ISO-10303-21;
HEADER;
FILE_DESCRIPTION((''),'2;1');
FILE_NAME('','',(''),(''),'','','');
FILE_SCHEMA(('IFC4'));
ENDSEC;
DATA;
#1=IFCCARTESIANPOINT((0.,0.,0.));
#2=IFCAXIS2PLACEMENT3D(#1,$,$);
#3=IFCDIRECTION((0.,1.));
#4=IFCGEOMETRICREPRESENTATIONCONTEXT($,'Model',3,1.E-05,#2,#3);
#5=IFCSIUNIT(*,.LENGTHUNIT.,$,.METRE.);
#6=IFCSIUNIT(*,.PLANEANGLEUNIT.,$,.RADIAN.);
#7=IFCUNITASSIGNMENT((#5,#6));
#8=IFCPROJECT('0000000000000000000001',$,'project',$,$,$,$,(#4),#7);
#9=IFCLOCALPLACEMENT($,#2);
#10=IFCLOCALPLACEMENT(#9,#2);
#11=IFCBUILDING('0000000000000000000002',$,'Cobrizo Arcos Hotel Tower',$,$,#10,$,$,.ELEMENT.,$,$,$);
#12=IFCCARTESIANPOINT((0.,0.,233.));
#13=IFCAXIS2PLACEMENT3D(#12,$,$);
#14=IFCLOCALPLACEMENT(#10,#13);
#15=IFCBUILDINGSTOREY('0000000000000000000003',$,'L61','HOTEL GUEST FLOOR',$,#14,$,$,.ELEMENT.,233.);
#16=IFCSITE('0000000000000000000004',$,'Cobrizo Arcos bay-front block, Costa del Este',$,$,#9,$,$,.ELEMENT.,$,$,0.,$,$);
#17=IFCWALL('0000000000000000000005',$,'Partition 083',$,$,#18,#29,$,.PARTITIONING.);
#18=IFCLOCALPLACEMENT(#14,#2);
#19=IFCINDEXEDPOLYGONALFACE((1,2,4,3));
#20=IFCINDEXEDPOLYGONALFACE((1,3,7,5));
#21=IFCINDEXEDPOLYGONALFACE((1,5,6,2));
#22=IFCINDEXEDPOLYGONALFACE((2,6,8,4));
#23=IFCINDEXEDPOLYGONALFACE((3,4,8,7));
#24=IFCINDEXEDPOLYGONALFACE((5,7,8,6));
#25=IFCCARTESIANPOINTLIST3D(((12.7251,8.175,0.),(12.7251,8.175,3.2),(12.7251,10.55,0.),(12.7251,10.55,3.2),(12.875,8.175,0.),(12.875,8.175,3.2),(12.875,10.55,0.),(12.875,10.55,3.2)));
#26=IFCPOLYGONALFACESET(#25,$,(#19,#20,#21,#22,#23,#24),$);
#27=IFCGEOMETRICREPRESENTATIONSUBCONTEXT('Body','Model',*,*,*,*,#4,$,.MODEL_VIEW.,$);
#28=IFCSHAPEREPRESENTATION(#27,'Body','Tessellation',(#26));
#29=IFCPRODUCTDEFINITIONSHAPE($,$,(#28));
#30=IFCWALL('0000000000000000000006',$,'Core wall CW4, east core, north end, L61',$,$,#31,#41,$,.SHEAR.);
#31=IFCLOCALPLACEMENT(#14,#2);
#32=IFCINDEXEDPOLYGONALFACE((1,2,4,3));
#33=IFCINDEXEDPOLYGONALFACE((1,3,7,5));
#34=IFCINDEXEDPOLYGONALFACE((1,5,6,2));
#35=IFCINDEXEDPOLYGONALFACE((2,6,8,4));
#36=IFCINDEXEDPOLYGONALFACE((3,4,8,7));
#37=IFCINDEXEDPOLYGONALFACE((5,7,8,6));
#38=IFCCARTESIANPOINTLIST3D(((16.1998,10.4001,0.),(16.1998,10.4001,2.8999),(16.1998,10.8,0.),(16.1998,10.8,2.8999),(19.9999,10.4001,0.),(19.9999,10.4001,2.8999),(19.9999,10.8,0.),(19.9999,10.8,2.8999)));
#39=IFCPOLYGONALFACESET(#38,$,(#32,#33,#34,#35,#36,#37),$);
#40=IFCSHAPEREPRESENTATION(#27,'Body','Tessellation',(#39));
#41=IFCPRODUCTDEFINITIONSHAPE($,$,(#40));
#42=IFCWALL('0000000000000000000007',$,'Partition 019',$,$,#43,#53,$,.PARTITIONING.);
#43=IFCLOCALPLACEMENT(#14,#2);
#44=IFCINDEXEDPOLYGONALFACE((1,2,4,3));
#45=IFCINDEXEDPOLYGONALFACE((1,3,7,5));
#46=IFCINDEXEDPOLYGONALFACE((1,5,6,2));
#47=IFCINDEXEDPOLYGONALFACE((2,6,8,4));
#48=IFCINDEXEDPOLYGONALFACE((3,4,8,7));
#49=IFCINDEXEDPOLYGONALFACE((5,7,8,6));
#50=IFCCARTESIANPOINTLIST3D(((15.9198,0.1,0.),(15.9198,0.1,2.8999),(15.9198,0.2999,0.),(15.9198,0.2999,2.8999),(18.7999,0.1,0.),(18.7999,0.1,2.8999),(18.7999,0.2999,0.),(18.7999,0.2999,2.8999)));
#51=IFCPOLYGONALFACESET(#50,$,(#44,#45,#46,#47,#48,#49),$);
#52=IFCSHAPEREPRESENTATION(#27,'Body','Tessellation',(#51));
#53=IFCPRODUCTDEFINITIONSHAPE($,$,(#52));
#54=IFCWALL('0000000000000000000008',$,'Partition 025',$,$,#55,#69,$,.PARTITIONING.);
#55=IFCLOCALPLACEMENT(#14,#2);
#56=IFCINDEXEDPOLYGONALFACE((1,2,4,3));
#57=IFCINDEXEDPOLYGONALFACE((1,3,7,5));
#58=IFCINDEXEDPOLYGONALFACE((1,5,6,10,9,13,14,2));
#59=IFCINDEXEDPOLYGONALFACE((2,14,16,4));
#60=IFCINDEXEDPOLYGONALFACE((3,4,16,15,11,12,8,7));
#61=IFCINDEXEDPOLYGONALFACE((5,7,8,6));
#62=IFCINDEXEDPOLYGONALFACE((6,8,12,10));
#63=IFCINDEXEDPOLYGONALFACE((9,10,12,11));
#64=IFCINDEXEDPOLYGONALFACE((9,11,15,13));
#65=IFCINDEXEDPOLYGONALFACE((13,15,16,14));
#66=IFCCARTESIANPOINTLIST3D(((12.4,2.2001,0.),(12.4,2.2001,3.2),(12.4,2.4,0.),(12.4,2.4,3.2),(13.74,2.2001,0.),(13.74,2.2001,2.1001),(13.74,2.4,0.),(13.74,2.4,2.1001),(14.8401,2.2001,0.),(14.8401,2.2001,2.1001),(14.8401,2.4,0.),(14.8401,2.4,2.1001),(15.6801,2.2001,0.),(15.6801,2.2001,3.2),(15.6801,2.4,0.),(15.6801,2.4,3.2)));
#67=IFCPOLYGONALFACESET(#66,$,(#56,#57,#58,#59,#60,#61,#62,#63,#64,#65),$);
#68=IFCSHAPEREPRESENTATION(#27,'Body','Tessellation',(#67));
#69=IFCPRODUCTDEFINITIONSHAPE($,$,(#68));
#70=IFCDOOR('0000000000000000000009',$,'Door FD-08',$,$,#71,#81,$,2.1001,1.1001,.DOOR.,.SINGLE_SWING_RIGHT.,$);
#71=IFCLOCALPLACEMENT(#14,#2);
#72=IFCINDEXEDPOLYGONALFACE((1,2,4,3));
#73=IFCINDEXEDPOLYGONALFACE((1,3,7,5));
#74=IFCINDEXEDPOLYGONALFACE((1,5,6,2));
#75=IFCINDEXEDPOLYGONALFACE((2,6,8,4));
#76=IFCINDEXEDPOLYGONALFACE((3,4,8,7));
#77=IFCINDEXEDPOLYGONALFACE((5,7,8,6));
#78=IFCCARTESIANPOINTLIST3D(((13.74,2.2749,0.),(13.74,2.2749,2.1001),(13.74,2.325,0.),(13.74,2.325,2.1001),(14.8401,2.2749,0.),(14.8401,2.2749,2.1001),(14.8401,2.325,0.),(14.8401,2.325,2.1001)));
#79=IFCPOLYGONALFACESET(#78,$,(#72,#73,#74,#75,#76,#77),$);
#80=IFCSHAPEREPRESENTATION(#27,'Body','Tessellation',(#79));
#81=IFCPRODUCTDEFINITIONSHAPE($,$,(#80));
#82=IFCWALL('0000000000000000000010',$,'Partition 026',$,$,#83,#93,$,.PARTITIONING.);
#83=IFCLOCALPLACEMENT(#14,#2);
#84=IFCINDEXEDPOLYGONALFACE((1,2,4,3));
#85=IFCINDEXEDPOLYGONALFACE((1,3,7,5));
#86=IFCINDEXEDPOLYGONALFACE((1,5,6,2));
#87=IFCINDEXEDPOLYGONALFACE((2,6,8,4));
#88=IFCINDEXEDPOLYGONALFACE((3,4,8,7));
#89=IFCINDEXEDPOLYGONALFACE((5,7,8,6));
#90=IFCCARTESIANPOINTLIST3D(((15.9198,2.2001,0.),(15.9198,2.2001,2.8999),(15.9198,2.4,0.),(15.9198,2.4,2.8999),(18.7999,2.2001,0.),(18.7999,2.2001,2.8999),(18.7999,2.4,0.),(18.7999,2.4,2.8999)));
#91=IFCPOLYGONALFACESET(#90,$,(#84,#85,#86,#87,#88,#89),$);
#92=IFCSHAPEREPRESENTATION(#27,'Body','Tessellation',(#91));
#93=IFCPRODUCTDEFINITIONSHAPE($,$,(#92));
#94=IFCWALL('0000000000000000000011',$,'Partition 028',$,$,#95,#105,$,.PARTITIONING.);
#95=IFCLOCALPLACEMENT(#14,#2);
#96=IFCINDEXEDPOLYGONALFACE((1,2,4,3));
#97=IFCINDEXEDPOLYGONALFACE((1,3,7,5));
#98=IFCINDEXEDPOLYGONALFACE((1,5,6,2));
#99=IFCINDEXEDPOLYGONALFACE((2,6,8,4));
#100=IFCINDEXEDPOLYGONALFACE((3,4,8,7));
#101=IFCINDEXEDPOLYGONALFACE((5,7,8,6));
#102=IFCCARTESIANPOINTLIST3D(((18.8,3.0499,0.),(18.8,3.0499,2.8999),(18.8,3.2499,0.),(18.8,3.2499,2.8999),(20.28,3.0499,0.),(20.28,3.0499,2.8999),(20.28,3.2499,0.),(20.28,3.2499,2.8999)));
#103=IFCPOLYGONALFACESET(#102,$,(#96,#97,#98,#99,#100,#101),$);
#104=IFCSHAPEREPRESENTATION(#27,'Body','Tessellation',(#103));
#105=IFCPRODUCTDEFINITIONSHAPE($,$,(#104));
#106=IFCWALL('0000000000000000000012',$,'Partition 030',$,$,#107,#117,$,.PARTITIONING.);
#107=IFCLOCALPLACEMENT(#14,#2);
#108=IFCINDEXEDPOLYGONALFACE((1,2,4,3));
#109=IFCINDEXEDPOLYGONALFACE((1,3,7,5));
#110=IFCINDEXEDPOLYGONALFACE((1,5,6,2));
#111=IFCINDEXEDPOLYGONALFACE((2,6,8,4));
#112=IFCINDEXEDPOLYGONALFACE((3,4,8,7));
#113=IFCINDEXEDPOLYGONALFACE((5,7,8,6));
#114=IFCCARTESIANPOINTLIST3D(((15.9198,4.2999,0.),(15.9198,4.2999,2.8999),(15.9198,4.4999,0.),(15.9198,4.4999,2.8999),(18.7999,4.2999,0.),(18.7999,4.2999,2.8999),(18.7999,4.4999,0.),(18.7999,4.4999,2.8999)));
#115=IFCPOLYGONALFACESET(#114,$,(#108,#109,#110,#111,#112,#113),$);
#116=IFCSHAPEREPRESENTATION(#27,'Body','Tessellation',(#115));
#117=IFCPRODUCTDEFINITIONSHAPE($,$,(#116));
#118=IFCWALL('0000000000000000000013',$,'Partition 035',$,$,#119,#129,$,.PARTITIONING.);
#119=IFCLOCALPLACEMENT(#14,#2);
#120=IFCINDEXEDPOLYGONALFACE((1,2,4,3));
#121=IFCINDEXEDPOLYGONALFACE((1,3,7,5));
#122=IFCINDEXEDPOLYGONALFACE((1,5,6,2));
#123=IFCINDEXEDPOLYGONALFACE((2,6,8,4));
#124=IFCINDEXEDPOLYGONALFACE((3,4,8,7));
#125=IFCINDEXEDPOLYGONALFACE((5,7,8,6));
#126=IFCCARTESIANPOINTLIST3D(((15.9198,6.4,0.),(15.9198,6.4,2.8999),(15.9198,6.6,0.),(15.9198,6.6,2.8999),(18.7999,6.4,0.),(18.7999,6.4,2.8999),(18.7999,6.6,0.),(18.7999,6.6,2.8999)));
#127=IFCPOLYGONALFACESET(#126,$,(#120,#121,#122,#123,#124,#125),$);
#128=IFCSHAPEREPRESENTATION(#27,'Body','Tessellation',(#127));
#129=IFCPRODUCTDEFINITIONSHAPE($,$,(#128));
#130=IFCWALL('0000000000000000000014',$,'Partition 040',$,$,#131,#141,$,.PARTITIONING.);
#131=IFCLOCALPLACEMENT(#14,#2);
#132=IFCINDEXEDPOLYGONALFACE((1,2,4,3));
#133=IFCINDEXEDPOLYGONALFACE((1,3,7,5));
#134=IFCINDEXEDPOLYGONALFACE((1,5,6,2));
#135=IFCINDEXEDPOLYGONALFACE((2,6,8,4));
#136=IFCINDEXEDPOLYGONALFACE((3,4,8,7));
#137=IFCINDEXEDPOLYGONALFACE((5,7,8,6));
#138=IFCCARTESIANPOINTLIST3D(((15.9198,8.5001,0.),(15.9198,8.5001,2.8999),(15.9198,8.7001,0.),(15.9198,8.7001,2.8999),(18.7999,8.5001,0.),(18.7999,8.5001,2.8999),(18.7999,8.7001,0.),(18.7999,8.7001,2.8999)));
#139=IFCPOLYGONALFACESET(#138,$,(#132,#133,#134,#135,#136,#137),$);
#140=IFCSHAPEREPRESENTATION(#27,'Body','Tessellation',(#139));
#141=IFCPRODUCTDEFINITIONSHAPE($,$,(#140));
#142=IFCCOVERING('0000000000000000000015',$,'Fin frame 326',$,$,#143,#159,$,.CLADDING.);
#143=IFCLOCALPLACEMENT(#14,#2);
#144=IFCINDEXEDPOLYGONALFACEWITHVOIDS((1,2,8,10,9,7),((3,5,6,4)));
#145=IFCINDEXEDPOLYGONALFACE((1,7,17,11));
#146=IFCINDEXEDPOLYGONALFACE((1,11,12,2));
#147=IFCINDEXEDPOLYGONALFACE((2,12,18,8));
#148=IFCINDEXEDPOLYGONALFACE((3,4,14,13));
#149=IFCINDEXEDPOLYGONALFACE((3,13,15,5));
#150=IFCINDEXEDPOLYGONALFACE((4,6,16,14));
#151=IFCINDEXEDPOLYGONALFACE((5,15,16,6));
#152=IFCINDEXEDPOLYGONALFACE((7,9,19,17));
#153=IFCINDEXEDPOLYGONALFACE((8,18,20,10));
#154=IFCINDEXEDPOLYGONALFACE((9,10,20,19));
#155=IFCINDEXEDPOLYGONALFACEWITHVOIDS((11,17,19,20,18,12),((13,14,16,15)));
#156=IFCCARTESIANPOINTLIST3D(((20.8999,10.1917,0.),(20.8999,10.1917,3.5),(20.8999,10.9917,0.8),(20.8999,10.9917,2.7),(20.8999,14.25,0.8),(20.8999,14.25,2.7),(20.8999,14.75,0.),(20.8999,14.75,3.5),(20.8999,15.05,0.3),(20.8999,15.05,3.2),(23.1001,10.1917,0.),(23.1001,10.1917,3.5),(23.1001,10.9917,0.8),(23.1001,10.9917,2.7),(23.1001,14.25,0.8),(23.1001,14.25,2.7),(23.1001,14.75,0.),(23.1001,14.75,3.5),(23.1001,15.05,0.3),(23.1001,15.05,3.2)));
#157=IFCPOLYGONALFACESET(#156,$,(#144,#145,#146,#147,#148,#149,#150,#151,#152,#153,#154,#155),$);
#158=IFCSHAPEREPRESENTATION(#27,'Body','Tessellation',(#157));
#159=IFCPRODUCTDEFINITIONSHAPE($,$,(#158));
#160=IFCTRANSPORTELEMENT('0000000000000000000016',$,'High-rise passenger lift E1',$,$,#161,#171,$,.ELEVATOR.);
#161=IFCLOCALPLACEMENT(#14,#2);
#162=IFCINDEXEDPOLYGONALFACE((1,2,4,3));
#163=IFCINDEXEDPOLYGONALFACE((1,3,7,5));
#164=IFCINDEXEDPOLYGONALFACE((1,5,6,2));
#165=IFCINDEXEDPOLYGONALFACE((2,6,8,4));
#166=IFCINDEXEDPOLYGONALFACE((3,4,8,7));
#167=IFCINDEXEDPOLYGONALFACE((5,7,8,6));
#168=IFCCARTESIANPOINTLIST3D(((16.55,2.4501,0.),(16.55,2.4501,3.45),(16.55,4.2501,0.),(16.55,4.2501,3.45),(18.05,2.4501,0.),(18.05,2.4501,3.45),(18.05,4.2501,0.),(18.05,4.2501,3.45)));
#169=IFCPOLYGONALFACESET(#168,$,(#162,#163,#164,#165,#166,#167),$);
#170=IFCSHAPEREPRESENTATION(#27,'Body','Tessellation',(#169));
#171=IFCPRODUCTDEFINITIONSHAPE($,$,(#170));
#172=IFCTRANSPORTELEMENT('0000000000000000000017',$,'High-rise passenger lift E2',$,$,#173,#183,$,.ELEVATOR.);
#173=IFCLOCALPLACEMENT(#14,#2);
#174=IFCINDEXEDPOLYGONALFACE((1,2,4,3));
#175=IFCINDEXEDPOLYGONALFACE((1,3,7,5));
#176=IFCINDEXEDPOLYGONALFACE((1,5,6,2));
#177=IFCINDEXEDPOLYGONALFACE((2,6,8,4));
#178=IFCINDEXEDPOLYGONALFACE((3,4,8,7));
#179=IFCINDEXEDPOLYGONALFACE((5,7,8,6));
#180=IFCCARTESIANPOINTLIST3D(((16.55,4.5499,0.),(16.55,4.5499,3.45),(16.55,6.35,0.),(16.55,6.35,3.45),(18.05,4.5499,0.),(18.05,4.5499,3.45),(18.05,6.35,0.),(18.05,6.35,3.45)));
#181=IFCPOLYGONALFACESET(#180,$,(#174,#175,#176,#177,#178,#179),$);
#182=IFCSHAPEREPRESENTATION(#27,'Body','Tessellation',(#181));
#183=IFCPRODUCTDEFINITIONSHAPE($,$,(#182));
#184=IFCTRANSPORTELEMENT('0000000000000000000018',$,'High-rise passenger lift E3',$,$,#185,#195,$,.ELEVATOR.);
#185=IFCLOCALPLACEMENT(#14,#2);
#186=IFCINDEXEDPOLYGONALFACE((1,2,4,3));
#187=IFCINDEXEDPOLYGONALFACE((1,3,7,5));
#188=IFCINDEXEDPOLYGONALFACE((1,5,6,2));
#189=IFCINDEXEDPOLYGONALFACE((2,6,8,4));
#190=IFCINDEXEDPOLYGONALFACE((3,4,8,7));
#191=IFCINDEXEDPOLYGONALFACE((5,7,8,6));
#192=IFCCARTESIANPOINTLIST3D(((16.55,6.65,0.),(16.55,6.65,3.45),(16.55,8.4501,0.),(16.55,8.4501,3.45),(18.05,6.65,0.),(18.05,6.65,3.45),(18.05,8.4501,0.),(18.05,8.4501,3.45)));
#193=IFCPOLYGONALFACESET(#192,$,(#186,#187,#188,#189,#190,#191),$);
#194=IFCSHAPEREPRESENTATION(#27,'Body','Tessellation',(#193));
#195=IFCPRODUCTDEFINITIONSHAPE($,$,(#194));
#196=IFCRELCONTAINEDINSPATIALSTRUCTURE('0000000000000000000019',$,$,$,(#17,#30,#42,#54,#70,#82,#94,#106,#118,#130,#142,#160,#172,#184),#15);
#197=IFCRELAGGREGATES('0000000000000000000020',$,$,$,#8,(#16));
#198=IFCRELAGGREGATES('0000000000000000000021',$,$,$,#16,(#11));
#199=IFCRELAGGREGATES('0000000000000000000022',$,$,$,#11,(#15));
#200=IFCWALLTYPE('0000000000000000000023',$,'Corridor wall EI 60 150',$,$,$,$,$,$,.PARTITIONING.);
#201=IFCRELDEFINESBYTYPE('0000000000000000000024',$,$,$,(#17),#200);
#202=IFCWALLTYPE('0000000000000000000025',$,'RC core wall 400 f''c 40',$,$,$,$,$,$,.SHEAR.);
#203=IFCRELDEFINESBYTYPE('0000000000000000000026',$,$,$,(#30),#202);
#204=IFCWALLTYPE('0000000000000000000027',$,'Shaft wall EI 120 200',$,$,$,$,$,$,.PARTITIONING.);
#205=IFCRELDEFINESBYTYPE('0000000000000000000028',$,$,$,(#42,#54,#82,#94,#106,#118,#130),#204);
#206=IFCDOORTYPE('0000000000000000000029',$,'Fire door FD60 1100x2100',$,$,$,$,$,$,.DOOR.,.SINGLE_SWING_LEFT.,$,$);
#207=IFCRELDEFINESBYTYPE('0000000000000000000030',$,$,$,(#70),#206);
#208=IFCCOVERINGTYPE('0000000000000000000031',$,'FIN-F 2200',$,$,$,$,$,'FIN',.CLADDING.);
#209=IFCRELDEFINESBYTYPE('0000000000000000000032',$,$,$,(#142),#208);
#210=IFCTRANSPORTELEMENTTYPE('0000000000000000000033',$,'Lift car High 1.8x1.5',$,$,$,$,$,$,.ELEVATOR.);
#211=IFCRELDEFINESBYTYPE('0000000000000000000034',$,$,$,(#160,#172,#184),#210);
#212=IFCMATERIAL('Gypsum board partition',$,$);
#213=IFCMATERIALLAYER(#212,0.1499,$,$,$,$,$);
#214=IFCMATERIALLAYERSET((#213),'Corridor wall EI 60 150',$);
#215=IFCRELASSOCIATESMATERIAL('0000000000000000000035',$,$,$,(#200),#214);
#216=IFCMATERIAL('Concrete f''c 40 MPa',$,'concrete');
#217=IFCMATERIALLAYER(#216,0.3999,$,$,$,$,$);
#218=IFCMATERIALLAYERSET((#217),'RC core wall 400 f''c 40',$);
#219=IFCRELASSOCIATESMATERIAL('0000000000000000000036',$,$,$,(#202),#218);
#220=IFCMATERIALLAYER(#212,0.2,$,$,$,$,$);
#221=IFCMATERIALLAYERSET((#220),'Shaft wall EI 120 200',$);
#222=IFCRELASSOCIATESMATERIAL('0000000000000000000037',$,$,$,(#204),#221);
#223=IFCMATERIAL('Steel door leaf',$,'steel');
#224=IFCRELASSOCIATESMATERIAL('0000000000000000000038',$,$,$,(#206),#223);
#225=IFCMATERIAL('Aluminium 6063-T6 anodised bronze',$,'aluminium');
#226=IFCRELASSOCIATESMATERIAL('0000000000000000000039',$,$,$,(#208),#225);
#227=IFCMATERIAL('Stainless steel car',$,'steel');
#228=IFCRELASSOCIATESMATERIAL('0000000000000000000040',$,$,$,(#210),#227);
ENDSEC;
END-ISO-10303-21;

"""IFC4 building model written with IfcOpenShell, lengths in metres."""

from ifc_helpers import new_model, si_unit, direction, frame, frame_2d, origin, origin_2d, place, context, subcontext, project, spatial, polyline, rectangle, outline, extrude, material, layer, layer_set, type_object, element, fill, save


model = new_model("IFC4")

# Units and contexts
model_context = context("Model", 3, precision=1e-05, world=origin(), true_north=direction((0.0, 1.0)))
body_context = subcontext(model_context, "Body", "Model", "MODEL_VIEW")
ifc_project = project(units=[si_unit("LENGTHUNIT", "METRE"), si_unit("PLANEANGLEUNIT", "RADIAN")], contexts=[model_context])

# Site, building, storey
site_placement = place(None, origin())
site = spatial("IfcSite", under=ifc_project, at=site_placement, Name="Cobrizo Arcos bay-front block, Costa del Este", CompositionType="ELEMENT", RefElevation=0.0)
building_placement = place(site_placement, origin())
building = spatial("IfcBuilding", under=site, at=building_placement, Name="Cobrizo Arcos Hotel Tower", CompositionType="ELEMENT")
storey_placement = place(building_placement, frame((0.0, 0.0, 233.0)))
storey = spatial("IfcBuildingStorey", under=building, at=storey_placement, Name="L61", Description="HOTEL GUEST FLOOR", CompositionType="ELEMENT", Elevation=233.0)

# Shared definitions
ifc_material_1 = material(Name="Gypsum board partition")
ifc_layer_1 = layer(ifc_material_1, 0.1499)
ifc_layer_set_1 = layer_set([ifc_layer_1], Name="Corridor wall EI 60 150")
wall_type_1 = type_object("IfcWallType", Name="Corridor wall EI 60 150", PredefinedType="PARTITIONING", material=ifc_layer_set_1)

# Walls
wall_1_placement = place(storey_placement, frame((12.8, 8.175, 0.0), z_axis=(0.0, 0.0, 1.0), x_axis=(0.0, 1.0, 0.0)))
element("IfcWall", 1, at=wall_1_placement, inside=storey, type_object=wall_type_1, Name="Partition 083", PredefinedType="PARTITIONING", context=body_context, shape_type="SweptSolid", body=[
    extrude(rectangle(XDim=2.375, YDim=0.1499, at=frame_2d((1.1875, 0.0))), origin(), (0.0, 0.0, 1.0), 3.2),
])
ifc_material_2 = material(Name="Concrete f'c 40 MPa", Category="concrete")
ifc_layer_2 = layer(ifc_material_2, 0.3999)
ifc_layer_set_2 = layer_set([ifc_layer_2], Name="RC core wall 400 f'c 40")
wall_type_2 = type_object("IfcWallType", Name="RC core wall 400 f'c 40", PredefinedType="SHEAR", material=ifc_layer_set_2)
wall_2_placement = place(storey_placement, frame((16.2, 10.6001, 0.0), z_axis=(0.0, 0.0, 1.0), x_axis=(1.0, 0.0, 0.0)))
element("IfcWall", 2, at=wall_2_placement, inside=storey, type_object=wall_type_2, Name="Core wall CW4, east core, north end, L61", PredefinedType="SHEAR", context=body_context, shape_type="SweptSolid", body=[
    extrude(rectangle(XDim=3.8, YDim=0.3999, at=frame_2d((1.8999, 0.0))), origin(), (0.0, 0.0, 1.0), 2.8999),
])
ifc_layer_3 = layer(ifc_material_1, 0.2)
ifc_layer_set_3 = layer_set([ifc_layer_3], Name="Shaft wall EI 120 200")
wall_type_3 = type_object("IfcWallType", Name="Shaft wall EI 120 200", PredefinedType="PARTITIONING", material=ifc_layer_set_3)
wall_3_placement = place(storey_placement, frame((15.9199, 0.2, 0.0), z_axis=(0.0, 0.0, 1.0), x_axis=(1.0, 0.0, 0.0)))
element("IfcWall", 3, at=wall_3_placement, inside=storey, type_object=wall_type_3, Name="Partition 019", PredefinedType="PARTITIONING", context=body_context, shape_type="SweptSolid", body=[
    extrude(rectangle(XDim=2.8801, YDim=0.2, at=frame_2d((1.4399, 0.0))), origin(), (0.0, 0.0, 1.0), 2.8999),
])

# Wall, opening, door
wall_4_placement = place(storey_placement, frame((12.3999, 2.3, 0.0), z_axis=(0.0, 0.0, 1.0), x_axis=(1.0, 0.0, 0.0)))
wall_4 = element("IfcWall", 4, at=wall_4_placement, inside=storey, type_object=wall_type_3, Name="Partition 025", PredefinedType="PARTITIONING", context=body_context, shape_type="SweptSolid", body=[
    extrude(rectangle(XDim=3.28, YDim=0.2, at=frame_2d((1.6401, 0.0))), origin(), (0.0, 0.0, 1.0), 3.2),
])
opening_1_placement = place(wall_4_placement, frame((1.3401, 0.0, 0.0)))
opening_1 = element("IfcOpeningElement", 5, at=opening_1_placement, cuts=wall_4, PredefinedType="OPENING", context=body_context, shape_type="SweptSolid", body=[
    extrude(rectangle(XDim=1.1001, YDim=2.1001, at=frame_2d((0.55, 1.05))), frame((0.0, 0.1121, 0.0), z_axis=(0.0, -1.0, 0.0), x_axis=(1.0, 0.0, 0.0)), (0.0, 0.0, 1.0), 0.2239),
])
ifc_material_3 = material(Name="Steel door leaf", Category="steel")
door_type_1 = type_object("IfcDoorType", Name="Fire door FD60 1100x2100", OperationType="SINGLE_SWING_LEFT", PredefinedType="DOOR", material=ifc_material_3)
door_1_placement = place(opening_1_placement, origin())
door_1 = element("IfcDoor", 6, at=door_1_placement, inside=storey, type_object=door_type_1, Name="Door FD-08", OperationType="SINGLE_SWING_RIGHT", OverallHeight=2.1001, OverallWidth=1.1001, PredefinedType="DOOR", context=body_context, shape_type="SweptSolid", body=[
    extrude(rectangle(XDim=1.1001, YDim=2.1001, at=frame_2d((0.55, 1.05))), frame((0.0, 0.0249, 0.0), z_axis=(0.0, -1.0, 0.0), x_axis=(1.0, 0.0, 0.0)), (0.0, 0.0, 1.0), 0.05),
])
fill(opening_1, door_1)

# Walls
wall_5_placement = place(storey_placement, frame((15.9199, 2.3, 0.0), z_axis=(0.0, 0.0, 1.0), x_axis=(1.0, 0.0, 0.0)))
element("IfcWall", 7, at=wall_5_placement, inside=storey, type_object=wall_type_3, Name="Partition 026", PredefinedType="PARTITIONING", context=body_context, shape_type="SweptSolid", body=[
    extrude(rectangle(XDim=2.8801, YDim=0.2, at=frame_2d((1.4399, 0.0))), origin(), (0.0, 0.0, 1.0), 2.8999),
])
wall_6_placement = place(storey_placement, frame((18.8, 3.1499, 0.0), z_axis=(0.0, 0.0, 1.0), x_axis=(1.0, 0.0, 0.0)))
element("IfcWall", 8, at=wall_6_placement, inside=storey, type_object=wall_type_3, Name="Partition 028", PredefinedType="PARTITIONING", context=body_context, shape_type="SweptSolid", body=[
    extrude(rectangle(XDim=1.48, YDim=0.2, at=frame_2d((0.74, 0.0))), origin(), (0.0, 0.0, 1.0), 2.8999),
])
for number, where, z_axis, x_axis, name in (
    (9, (15.9199, 4.3999, 0.0), (0.0, 0.0, 1.0), (1.0, 0.0, 0.0), "Partition 030"),
    (10, (15.9199, 6.5, 0.0), (0.0, 0.0, 1.0), (1.0, 0.0, 0.0), "Partition 035"),
    (11, (15.9199, 8.6001, 0.0), (0.0, 0.0, 1.0), (1.0, 0.0, 0.0), "Partition 040"),
):
    element("IfcWall", number, at=place(storey_placement, frame(where, z_axis=z_axis, x_axis=x_axis)), inside=storey, type_object=wall_type_3, Name=name, PredefinedType="PARTITIONING", context=body_context, shape_type="SweptSolid", body=[
        extrude(rectangle(XDim=2.8801, YDim=0.2, at=frame_2d((1.4399, 0.0))), origin(), (0.0, 0.0, 1.0), 2.8999),
    ])

# Covering
ifc_material_4 = material(Name="Aluminium 6063-T6 anodised bronze", Category="aluminium")
covering_type = type_object("IfcCoveringType", Name="FIN-F 2200", ElementType="FIN", PredefinedType="CLADDING", material=ifc_material_4)
covering_placement = place(storey_placement, frame((20.8999, 10.1917, 0.0), z_axis=(1.0, 0.0, 0.0), x_axis=(0.0, 1.0, 0.0)))
element("IfcCovering", 12, at=covering_placement, inside=storey, type_object=covering_type, Name="Fin frame 326", PredefinedType="CLADDING", context=body_context, shape_type="SweptSolid", body=[
    extrude(outline(polyline([(0.0, 3.5), (0.0, 0.0), (4.5583, 0.0), (4.8584, 0.3), (4.8584, 3.2), (4.5583, 3.5), (0.0, 3.5)]), holes=[polyline([(4.0583, 0.8), (0.8, 0.8), (0.8, 2.7), (4.0583, 2.7), (4.0583, 0.8)])]), origin(), (0.0, 0.0, 1.0), 2.2002),
])

# Transport elements
ifc_material_5 = material(Name="Stainless steel car", Category="steel")
transport_element_type = type_object("IfcTransportElementType", Name="Lift car High 1.8x1.5", PredefinedType="ELEVATOR", material=ifc_material_5)
for number, where, z_axis, x_axis, name in (
    (13, (17.3, 3.3501, 0.0), (0.0, 0.0, 1.0), (1.0, 0.0, 0.0), "High-rise passenger lift E1"),
    (14, (17.3, 5.45, 0.0), (0.0, 0.0, 1.0), (1.0, 0.0, 0.0), "High-rise passenger lift E2"),
    (15, (17.3, 7.55, 0.0), (0.0, 0.0, 1.0), (1.0, 0.0, 0.0), "High-rise passenger lift E3"),
):
    element("IfcTransportElement", number, at=place(storey_placement, frame(where, z_axis=z_axis, x_axis=x_axis)), inside=storey, type_object=transport_element_type, Name=name, PredefinedType="ELEVATOR", context=body_context, shape_type="SweptSolid", body=[
        extrude(rectangle(XDim=1.5, YDim=1.8, at=origin_2d()), origin(), (0.0, 0.0, 1.0), 3.45),
    ])

save(model, "model.ifc")
